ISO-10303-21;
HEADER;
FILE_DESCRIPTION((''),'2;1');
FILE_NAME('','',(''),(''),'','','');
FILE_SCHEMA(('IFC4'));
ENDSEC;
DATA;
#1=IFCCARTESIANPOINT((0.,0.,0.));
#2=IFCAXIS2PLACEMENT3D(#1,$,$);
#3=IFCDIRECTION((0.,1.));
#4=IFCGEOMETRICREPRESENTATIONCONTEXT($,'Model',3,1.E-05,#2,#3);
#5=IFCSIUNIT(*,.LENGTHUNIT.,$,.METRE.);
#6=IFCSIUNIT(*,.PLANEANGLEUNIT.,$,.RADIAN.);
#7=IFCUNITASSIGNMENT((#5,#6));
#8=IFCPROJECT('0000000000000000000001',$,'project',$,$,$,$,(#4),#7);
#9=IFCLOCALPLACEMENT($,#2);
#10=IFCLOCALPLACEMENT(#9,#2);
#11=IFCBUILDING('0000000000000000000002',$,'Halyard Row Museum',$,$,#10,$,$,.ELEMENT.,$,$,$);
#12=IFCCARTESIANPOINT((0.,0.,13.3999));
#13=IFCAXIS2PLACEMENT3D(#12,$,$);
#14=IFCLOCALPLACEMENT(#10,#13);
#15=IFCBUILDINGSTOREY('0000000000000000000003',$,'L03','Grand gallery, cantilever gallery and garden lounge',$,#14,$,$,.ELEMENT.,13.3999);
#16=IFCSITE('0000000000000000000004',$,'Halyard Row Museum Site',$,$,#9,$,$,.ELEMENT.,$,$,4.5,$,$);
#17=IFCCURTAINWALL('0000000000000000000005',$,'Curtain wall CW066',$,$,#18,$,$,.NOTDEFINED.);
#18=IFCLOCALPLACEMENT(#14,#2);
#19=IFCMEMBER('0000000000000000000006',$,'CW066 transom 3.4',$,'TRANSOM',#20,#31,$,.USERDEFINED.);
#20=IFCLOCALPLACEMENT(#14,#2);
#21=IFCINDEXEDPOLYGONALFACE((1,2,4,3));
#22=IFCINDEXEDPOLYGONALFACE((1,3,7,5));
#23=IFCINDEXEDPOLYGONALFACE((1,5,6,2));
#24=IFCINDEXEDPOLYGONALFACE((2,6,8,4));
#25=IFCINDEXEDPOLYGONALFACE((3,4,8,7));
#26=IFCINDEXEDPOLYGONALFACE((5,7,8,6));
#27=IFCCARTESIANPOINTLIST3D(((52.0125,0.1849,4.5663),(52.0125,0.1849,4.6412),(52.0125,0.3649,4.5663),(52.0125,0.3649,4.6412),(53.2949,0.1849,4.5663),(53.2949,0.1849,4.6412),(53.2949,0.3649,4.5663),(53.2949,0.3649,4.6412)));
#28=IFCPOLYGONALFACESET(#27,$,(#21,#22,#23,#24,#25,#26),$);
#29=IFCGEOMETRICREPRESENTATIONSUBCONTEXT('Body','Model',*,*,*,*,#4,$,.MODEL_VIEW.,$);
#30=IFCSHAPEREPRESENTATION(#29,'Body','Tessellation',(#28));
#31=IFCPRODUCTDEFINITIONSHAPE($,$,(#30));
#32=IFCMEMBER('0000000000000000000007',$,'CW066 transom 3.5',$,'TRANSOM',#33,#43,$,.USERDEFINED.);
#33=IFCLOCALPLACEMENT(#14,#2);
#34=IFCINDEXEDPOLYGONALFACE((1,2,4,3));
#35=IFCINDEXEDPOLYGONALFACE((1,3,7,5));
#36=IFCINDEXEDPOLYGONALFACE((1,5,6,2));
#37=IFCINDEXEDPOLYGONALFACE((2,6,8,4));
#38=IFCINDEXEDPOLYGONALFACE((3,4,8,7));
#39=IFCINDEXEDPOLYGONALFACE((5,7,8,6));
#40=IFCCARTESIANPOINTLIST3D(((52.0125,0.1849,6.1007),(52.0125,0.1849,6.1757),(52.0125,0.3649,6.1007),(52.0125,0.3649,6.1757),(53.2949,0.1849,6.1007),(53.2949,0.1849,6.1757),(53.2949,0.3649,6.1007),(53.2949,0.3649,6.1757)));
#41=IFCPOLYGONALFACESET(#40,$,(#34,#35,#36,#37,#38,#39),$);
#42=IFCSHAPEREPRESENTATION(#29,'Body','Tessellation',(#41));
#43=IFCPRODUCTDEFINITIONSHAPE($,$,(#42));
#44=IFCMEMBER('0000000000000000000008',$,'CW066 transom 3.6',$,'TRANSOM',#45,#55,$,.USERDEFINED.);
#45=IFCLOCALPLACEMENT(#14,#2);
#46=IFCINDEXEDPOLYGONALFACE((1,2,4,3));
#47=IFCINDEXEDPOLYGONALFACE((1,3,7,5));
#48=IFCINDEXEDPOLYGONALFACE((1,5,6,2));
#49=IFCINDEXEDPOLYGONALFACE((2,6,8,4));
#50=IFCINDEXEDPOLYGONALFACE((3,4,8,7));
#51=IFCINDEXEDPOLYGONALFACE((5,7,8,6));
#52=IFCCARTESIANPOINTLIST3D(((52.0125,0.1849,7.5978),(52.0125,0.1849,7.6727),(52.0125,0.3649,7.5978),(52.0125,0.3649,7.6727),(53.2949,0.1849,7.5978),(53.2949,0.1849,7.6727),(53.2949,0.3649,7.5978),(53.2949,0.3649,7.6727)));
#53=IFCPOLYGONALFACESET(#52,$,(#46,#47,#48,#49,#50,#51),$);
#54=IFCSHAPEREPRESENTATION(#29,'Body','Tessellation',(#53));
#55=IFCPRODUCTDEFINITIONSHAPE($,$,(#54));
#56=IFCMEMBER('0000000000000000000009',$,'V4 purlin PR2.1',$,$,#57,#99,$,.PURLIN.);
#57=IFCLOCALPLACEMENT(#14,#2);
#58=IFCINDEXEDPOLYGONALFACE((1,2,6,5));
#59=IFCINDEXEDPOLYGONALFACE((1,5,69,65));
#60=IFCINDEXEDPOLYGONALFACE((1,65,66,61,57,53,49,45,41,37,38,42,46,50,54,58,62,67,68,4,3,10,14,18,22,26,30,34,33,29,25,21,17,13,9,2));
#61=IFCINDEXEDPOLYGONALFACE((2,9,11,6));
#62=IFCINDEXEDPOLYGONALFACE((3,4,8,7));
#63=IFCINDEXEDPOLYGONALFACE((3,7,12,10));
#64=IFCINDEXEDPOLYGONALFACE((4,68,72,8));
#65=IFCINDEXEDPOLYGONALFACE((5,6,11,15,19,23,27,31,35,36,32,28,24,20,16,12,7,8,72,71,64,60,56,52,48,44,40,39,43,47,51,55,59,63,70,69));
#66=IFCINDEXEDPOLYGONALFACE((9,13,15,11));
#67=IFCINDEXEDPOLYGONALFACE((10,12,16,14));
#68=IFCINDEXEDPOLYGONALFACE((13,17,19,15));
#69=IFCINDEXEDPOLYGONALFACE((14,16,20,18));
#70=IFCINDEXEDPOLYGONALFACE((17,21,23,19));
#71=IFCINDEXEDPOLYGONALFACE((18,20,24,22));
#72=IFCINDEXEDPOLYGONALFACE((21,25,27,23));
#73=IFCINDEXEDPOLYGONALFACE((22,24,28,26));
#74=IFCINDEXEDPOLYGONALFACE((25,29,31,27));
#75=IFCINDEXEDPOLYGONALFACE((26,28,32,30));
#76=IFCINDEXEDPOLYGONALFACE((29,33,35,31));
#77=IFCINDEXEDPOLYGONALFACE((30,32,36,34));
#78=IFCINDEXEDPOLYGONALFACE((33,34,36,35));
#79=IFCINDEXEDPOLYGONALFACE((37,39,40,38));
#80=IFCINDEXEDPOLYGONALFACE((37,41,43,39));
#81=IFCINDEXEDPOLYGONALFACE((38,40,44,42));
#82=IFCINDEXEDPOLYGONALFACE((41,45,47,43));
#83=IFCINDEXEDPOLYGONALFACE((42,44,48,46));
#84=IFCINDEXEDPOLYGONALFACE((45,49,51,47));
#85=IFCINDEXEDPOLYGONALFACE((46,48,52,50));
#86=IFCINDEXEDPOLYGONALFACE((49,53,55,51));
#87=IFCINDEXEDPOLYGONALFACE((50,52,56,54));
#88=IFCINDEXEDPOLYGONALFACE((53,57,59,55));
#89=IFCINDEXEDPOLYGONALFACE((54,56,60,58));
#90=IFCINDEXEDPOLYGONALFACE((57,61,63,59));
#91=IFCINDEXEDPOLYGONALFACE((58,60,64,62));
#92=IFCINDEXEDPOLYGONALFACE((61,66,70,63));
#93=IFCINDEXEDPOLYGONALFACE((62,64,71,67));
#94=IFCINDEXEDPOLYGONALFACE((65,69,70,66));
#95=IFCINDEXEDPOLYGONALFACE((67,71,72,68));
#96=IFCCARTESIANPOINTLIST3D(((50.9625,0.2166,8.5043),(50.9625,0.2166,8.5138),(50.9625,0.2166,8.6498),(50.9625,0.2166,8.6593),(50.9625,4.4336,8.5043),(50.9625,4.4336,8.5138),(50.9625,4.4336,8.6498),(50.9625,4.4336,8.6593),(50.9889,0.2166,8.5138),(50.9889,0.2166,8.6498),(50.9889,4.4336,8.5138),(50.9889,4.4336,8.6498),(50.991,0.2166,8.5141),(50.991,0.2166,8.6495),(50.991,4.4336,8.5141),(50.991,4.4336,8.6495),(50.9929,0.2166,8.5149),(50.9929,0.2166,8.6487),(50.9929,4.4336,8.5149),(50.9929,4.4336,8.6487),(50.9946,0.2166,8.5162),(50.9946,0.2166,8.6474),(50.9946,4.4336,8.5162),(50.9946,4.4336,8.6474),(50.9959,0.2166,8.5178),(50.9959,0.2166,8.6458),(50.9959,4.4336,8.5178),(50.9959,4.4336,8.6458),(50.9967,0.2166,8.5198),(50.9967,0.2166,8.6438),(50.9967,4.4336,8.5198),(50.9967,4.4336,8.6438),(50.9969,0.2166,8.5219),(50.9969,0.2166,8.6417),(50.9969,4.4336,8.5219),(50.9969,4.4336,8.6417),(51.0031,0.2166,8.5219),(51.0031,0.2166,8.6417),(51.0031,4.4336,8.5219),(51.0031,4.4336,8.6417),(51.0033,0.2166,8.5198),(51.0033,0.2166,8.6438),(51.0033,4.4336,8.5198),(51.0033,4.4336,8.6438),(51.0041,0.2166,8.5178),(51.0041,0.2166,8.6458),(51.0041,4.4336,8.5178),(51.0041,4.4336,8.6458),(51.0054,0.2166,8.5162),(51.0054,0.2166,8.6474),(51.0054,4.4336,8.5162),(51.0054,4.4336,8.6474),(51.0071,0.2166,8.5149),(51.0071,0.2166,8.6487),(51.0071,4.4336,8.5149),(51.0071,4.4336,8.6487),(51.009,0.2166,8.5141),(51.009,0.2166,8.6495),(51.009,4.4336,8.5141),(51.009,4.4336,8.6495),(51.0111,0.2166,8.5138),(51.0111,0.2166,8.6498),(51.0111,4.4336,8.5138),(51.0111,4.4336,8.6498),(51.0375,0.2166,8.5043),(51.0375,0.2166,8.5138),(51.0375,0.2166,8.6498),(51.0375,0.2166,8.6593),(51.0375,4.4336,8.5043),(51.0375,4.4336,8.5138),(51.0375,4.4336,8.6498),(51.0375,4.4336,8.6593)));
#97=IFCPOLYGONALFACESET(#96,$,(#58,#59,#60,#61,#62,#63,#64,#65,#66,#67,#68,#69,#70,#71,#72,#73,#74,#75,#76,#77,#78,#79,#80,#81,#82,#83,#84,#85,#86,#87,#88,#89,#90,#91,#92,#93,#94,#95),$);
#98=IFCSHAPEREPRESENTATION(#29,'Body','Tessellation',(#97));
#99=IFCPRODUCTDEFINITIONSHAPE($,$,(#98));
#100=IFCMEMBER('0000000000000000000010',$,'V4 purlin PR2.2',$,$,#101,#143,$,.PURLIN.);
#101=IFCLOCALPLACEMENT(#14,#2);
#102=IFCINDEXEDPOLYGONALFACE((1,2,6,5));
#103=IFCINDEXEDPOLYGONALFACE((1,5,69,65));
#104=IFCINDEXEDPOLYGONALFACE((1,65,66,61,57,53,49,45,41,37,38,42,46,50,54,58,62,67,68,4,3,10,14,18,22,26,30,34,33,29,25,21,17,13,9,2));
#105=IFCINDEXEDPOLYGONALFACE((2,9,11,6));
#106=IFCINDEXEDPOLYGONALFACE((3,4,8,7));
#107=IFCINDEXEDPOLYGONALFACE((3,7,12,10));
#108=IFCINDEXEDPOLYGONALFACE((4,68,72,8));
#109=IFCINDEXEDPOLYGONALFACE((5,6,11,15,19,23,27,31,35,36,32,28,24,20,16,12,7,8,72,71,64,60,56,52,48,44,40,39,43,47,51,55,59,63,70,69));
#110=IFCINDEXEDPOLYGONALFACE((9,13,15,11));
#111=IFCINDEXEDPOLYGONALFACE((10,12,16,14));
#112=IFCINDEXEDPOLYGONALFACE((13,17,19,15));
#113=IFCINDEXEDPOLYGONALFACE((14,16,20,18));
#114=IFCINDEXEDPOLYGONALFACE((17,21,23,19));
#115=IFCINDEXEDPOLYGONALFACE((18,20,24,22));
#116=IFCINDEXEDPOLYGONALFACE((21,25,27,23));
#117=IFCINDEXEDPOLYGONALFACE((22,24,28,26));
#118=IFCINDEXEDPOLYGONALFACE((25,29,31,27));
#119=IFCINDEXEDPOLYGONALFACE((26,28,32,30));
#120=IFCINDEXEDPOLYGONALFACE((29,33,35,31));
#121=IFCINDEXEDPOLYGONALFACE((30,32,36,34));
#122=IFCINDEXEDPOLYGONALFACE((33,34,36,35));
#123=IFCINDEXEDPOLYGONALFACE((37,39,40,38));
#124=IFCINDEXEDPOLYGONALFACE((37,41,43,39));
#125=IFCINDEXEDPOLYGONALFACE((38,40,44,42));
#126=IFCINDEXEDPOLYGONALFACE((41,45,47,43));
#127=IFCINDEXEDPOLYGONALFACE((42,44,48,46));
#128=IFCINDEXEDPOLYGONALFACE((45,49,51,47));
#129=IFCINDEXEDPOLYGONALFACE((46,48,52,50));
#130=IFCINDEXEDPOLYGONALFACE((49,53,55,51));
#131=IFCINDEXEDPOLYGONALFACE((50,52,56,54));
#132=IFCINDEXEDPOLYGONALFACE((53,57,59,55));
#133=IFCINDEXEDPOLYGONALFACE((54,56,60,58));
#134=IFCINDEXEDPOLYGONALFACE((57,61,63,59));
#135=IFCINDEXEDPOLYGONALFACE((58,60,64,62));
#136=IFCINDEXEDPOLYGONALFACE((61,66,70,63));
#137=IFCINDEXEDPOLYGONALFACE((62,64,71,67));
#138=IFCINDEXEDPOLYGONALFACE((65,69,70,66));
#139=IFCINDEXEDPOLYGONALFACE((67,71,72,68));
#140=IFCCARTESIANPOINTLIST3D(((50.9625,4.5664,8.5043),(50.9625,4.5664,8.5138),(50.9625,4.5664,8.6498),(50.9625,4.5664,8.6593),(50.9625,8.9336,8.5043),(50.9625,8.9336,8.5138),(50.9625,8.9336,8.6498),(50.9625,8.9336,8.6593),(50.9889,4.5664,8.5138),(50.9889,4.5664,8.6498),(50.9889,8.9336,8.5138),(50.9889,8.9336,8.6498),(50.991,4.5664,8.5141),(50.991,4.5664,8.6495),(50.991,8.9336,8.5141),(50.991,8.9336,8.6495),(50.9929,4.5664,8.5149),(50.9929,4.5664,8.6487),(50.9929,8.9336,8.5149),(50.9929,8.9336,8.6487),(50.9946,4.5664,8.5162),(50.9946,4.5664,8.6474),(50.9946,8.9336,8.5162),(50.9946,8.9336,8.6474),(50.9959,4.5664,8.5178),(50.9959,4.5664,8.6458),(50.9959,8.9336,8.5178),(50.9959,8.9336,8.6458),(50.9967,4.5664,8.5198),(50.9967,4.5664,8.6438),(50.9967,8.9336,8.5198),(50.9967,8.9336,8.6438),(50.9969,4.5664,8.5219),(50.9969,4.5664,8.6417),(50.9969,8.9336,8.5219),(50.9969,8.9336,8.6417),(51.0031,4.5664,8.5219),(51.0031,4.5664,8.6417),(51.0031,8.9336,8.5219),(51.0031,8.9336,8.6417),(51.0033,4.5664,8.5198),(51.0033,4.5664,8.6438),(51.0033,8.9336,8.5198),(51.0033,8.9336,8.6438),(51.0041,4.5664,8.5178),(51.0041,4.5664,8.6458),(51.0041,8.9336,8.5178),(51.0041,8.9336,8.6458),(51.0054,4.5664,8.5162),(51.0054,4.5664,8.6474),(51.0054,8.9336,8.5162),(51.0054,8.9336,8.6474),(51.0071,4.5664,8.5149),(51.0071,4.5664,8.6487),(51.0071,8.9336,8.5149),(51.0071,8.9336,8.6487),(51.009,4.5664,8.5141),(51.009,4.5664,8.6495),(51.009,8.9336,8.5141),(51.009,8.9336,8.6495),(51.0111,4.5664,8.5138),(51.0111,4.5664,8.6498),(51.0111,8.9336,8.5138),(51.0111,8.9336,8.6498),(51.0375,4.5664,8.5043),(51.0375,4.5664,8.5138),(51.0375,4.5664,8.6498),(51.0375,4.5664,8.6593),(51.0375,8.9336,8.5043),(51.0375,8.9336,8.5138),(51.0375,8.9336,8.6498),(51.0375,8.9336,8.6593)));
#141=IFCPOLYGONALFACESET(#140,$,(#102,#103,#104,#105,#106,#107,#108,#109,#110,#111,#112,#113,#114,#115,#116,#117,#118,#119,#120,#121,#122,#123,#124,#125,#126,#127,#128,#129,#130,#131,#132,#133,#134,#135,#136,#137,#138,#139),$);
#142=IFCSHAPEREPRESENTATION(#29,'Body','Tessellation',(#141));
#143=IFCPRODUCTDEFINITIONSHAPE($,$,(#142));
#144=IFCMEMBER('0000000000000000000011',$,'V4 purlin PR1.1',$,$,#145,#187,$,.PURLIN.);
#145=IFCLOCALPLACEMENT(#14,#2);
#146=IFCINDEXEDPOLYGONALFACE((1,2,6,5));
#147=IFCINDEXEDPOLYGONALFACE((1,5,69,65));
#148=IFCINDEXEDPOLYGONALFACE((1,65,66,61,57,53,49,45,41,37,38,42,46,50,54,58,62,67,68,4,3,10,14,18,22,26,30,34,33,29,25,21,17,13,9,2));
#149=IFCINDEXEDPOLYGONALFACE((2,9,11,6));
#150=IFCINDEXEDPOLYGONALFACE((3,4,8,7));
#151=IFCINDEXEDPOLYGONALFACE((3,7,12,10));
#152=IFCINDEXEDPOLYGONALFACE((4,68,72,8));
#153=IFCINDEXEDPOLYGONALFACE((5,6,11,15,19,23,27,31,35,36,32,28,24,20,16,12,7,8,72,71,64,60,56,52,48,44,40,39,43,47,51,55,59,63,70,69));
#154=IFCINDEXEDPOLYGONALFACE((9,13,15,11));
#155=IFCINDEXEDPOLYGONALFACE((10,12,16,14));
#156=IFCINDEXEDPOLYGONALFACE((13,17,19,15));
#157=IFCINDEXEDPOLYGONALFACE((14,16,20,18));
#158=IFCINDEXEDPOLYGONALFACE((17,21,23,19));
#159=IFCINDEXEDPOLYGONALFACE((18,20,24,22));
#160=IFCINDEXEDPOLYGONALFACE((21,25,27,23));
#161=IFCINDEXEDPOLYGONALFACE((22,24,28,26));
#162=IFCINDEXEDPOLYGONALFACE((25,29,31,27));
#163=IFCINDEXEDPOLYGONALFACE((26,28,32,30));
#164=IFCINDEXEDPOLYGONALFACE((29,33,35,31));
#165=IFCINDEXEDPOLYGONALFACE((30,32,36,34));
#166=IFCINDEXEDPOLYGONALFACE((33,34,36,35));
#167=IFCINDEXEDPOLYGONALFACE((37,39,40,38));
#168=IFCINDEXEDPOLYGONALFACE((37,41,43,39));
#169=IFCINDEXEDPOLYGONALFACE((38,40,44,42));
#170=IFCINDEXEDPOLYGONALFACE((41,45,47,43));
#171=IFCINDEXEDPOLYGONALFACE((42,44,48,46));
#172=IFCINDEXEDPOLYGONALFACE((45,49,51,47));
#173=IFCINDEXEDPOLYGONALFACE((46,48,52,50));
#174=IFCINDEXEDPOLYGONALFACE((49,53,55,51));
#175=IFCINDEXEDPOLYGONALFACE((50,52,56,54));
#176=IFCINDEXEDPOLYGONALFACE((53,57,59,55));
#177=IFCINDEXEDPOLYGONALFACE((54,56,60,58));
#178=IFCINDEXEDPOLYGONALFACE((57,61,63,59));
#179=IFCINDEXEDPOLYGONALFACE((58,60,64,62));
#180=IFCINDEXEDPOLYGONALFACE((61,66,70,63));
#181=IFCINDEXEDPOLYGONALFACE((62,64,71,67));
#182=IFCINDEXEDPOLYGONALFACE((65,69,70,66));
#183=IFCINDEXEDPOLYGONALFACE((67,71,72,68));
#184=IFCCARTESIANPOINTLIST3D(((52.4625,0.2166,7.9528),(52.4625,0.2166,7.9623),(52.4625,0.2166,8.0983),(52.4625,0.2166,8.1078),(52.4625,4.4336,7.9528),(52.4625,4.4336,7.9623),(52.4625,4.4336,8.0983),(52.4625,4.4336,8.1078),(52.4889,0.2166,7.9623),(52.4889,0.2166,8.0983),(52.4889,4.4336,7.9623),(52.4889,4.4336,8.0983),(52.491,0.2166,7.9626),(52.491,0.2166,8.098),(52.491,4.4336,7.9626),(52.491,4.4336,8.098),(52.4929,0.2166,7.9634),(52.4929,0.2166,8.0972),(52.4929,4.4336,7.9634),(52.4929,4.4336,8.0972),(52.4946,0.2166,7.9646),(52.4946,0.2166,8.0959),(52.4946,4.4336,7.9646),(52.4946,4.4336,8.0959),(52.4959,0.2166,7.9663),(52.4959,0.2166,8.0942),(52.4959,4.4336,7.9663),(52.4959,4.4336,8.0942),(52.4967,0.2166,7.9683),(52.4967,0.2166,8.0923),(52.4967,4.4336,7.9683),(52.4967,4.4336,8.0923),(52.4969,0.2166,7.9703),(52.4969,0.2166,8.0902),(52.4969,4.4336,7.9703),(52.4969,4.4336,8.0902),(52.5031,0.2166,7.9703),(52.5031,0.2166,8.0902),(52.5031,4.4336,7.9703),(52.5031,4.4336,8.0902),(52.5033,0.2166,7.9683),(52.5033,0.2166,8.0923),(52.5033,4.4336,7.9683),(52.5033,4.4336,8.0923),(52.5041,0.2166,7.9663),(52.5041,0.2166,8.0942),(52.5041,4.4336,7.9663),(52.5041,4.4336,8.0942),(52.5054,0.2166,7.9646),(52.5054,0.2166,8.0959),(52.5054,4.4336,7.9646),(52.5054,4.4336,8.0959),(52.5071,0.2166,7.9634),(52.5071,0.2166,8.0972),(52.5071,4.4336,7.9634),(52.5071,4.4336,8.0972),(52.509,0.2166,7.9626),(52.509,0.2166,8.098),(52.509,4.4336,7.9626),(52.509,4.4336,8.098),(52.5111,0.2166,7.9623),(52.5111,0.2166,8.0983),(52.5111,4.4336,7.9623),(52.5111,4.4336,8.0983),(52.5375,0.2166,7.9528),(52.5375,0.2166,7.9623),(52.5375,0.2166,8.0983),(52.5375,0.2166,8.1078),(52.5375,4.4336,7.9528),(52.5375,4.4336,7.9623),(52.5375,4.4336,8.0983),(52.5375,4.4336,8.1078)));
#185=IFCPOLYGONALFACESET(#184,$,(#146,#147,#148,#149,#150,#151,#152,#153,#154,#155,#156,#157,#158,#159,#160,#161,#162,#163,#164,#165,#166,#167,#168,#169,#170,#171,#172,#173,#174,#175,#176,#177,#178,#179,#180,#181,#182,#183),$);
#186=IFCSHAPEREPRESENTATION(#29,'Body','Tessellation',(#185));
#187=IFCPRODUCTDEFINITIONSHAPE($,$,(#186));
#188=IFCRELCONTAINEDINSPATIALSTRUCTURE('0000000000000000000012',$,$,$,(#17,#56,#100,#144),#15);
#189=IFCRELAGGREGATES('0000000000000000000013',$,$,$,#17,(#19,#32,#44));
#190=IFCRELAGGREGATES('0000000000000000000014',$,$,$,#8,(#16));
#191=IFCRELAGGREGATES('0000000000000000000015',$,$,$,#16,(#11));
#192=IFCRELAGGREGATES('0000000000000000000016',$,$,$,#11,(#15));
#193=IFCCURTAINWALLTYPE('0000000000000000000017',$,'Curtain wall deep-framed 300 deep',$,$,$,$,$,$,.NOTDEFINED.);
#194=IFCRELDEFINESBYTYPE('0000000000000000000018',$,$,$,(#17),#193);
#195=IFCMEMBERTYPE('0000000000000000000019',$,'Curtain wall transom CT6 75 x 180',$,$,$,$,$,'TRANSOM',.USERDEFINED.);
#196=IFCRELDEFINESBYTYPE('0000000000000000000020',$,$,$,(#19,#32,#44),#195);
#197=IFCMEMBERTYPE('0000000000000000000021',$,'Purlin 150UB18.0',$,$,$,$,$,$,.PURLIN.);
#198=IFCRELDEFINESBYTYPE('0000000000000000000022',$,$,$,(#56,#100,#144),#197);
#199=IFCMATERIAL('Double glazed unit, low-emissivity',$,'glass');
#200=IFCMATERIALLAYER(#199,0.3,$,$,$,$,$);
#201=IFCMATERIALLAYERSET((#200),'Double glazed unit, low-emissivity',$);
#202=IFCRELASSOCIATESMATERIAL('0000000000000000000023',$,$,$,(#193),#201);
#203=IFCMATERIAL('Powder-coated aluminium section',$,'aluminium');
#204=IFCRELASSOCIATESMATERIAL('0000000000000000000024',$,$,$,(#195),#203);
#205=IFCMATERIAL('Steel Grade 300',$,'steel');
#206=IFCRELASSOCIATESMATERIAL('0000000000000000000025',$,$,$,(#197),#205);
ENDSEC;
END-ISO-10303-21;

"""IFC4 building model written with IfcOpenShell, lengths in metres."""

from ifc_helpers import new_model, si_unit, direction, frame, origin, origin_2d, place, context, subcontext, project, spatial, rectangle, i_section, extrude, material, layer, layer_set, material_profile, profile_set, type_object, element, aggregate, save


model = new_model("IFC4")

# Units and contexts
model_context = context("Model", 3, precision=1e-05, world=origin(), true_north=direction((0.0, 1.0)))
body_context = subcontext(model_context, "Body", "Model", "MODEL_VIEW")
ifc_project = project(units=[si_unit("LENGTHUNIT", "METRE"), si_unit("PLANEANGLEUNIT", "RADIAN")], contexts=[model_context])

# Site, building, storey
site_placement = place(None, origin())
site = spatial("IfcSite", under=ifc_project, at=site_placement, Name="Halyard Row Museum Site", CompositionType="ELEMENT", RefElevation=4.5)
building_placement = place(site_placement, origin())
building = spatial("IfcBuilding", under=site, at=building_placement, Name="Halyard Row Museum", CompositionType="ELEMENT")
storey_placement = place(building_placement, frame((0.0, 0.0, 13.3999)))
storey = spatial("IfcBuildingStorey", under=building, at=storey_placement, Name="L03", Description="Grand gallery, cantilever gallery and garden lounge", CompositionType="ELEMENT", Elevation=13.3999)

# Curtain wall
ifc_material_1 = material(Name="Double glazed unit, low-emissivity", Category="glass")
ifc_layer_1 = layer(ifc_material_1, 0.3)
ifc_layer_set_1 = layer_set([ifc_layer_1], Name="Double glazed unit, low-emissivity")
curtain_wall_type_1 = type_object("IfcCurtainWallType", Name="Curtain wall deep-framed 300 deep", PredefinedType="NOTDEFINED", material=ifc_layer_set_1)
curtain_wall_1_placement = place(storey_placement, origin())
curtain_wall_1 = element("IfcCurtainWall", 1, at=curtain_wall_1_placement, inside=storey, type_object=curtain_wall_type_1, Name="Curtain wall CW066", PredefinedType="NOTDEFINED")

# Members
ifc_material_2 = material(Name="Powder-coated aluminium section", Category="aluminium")
ifc_material_profile_1 = material_profile(ifc_material_2, rectangle(XDim=0.1799, YDim=0.075, at=origin_2d()), Name="180x75 transom")
ifc_profile_set_1 = profile_set([ifc_material_profile_1], Name="Powder-coated aluminium section")
member_type_1 = type_object("IfcMemberType", Name="Curtain wall transom CT6 75 x 180", ElementType="TRANSOM", PredefinedType="USERDEFINED", material=ifc_profile_set_1)
member_1_placement = place(storey_placement, frame((52.0125, 0.2749, 4.6038), z_axis=(1.0, 0.0, 0.0), x_axis=(0.0, 1.0, 0.0)))
member_1 = element("IfcMember", 2, at=member_1_placement, type_object=member_type_1, Name="CW066 transom 3.4", ObjectType="TRANSOM", PredefinedType="USERDEFINED", context=body_context, shape_type="SweptSolid", body=[
    extrude(rectangle(XDim=0.1799, YDim=0.075, at=origin_2d()), origin(), (0.0, 0.0, 1.0), 1.2825),
])
member_2_placement = place(storey_placement, frame((52.0125, 0.2749, 6.1382), z_axis=(1.0, 0.0, 0.0), x_axis=(0.0, 1.0, 0.0)))
member_2 = element("IfcMember", 3, at=member_2_placement, type_object=member_type_1, Name="CW066 transom 3.5", ObjectType="TRANSOM", PredefinedType="USERDEFINED", context=body_context, shape_type="SweptSolid", body=[
    extrude(rectangle(XDim=0.1799, YDim=0.075, at=origin_2d()), origin(), (0.0, 0.0, 1.0), 1.2825),
])
member_3_placement = place(storey_placement, frame((52.0125, 0.2749, 7.6353), z_axis=(1.0, 0.0, 0.0), x_axis=(0.0, 1.0, 0.0)))
member_3 = element("IfcMember", 4, at=member_3_placement, type_object=member_type_1, Name="CW066 transom 3.6", ObjectType="TRANSOM", PredefinedType="USERDEFINED", context=body_context, shape_type="SweptSolid", body=[
    extrude(rectangle(XDim=0.1799, YDim=0.075, at=origin_2d()), origin(), (0.0, 0.0, 1.0), 1.2825),
])

# Members
ifc_material_3 = material(Name="Steel Grade 300", Category="steel")
ifc_material_profile_2 = material_profile(ifc_material_3, i_section(OverallWidth=0.075, OverallDepth=0.155, WebThickness=0.0061, FlangeThickness=0.0095, FilletRadius=0.0081, at=origin_2d()), Name="150UB18.0")
ifc_profile_set_2 = profile_set([ifc_material_profile_2], Name="Steel Grade 300")
member_type_2 = type_object("IfcMemberType", Name="Purlin 150UB18.0", PredefinedType="PURLIN", material=ifc_profile_set_2)
member_4_placement = place(storey_placement, frame((51.0, 0.2166, 8.5818), z_axis=(0.0, 1.0, 0.0), x_axis=(-1.0, 0.0, 0.0)))
element("IfcMember", 5, at=member_4_placement, inside=storey, type_object=member_type_2, Name="V4 purlin PR2.1", PredefinedType="PURLIN", context=body_context, shape_type="SweptSolid", body=[
    extrude(i_section(OverallWidth=0.075, OverallDepth=0.155, WebThickness=0.0061, FlangeThickness=0.0095, FilletRadius=0.0081, at=origin_2d()), origin(), (0.0, 0.0, 1.0), 4.217),
])
member_5_placement = place(storey_placement, frame((51.0, 4.5664, 8.5818), z_axis=(0.0, 1.0, 0.0), x_axis=(-1.0, 0.0, 0.0)))
element("IfcMember", 6, at=member_5_placement, inside=storey, type_object=member_type_2, Name="V4 purlin PR2.2", PredefinedType="PURLIN", context=body_context, shape_type="SweptSolid", body=[
    extrude(i_section(OverallWidth=0.075, OverallDepth=0.155, WebThickness=0.0061, FlangeThickness=0.0095, FilletRadius=0.0081, at=origin_2d()), origin(), (0.0, 0.0, 1.0), 4.3672),
])
member_6_placement = place(storey_placement, frame((52.5, 0.2166, 8.0303), z_axis=(0.0, 1.0, 0.0), x_axis=(-1.0, 0.0, 0.0)))
element("IfcMember", 7, at=member_6_placement, inside=storey, type_object=member_type_2, Name="V4 purlin PR1.1", PredefinedType="PURLIN", context=body_context, shape_type="SweptSolid", body=[
    extrude(i_section(OverallWidth=0.075, OverallDepth=0.155, WebThickness=0.0061, FlangeThickness=0.0095, FilletRadius=0.0081, at=origin_2d()), origin(), (0.0, 0.0, 1.0), 4.217),
])

aggregate(curtain_wall_1, [member_1, member_2, member_3])

save(model, "model.ifc")
